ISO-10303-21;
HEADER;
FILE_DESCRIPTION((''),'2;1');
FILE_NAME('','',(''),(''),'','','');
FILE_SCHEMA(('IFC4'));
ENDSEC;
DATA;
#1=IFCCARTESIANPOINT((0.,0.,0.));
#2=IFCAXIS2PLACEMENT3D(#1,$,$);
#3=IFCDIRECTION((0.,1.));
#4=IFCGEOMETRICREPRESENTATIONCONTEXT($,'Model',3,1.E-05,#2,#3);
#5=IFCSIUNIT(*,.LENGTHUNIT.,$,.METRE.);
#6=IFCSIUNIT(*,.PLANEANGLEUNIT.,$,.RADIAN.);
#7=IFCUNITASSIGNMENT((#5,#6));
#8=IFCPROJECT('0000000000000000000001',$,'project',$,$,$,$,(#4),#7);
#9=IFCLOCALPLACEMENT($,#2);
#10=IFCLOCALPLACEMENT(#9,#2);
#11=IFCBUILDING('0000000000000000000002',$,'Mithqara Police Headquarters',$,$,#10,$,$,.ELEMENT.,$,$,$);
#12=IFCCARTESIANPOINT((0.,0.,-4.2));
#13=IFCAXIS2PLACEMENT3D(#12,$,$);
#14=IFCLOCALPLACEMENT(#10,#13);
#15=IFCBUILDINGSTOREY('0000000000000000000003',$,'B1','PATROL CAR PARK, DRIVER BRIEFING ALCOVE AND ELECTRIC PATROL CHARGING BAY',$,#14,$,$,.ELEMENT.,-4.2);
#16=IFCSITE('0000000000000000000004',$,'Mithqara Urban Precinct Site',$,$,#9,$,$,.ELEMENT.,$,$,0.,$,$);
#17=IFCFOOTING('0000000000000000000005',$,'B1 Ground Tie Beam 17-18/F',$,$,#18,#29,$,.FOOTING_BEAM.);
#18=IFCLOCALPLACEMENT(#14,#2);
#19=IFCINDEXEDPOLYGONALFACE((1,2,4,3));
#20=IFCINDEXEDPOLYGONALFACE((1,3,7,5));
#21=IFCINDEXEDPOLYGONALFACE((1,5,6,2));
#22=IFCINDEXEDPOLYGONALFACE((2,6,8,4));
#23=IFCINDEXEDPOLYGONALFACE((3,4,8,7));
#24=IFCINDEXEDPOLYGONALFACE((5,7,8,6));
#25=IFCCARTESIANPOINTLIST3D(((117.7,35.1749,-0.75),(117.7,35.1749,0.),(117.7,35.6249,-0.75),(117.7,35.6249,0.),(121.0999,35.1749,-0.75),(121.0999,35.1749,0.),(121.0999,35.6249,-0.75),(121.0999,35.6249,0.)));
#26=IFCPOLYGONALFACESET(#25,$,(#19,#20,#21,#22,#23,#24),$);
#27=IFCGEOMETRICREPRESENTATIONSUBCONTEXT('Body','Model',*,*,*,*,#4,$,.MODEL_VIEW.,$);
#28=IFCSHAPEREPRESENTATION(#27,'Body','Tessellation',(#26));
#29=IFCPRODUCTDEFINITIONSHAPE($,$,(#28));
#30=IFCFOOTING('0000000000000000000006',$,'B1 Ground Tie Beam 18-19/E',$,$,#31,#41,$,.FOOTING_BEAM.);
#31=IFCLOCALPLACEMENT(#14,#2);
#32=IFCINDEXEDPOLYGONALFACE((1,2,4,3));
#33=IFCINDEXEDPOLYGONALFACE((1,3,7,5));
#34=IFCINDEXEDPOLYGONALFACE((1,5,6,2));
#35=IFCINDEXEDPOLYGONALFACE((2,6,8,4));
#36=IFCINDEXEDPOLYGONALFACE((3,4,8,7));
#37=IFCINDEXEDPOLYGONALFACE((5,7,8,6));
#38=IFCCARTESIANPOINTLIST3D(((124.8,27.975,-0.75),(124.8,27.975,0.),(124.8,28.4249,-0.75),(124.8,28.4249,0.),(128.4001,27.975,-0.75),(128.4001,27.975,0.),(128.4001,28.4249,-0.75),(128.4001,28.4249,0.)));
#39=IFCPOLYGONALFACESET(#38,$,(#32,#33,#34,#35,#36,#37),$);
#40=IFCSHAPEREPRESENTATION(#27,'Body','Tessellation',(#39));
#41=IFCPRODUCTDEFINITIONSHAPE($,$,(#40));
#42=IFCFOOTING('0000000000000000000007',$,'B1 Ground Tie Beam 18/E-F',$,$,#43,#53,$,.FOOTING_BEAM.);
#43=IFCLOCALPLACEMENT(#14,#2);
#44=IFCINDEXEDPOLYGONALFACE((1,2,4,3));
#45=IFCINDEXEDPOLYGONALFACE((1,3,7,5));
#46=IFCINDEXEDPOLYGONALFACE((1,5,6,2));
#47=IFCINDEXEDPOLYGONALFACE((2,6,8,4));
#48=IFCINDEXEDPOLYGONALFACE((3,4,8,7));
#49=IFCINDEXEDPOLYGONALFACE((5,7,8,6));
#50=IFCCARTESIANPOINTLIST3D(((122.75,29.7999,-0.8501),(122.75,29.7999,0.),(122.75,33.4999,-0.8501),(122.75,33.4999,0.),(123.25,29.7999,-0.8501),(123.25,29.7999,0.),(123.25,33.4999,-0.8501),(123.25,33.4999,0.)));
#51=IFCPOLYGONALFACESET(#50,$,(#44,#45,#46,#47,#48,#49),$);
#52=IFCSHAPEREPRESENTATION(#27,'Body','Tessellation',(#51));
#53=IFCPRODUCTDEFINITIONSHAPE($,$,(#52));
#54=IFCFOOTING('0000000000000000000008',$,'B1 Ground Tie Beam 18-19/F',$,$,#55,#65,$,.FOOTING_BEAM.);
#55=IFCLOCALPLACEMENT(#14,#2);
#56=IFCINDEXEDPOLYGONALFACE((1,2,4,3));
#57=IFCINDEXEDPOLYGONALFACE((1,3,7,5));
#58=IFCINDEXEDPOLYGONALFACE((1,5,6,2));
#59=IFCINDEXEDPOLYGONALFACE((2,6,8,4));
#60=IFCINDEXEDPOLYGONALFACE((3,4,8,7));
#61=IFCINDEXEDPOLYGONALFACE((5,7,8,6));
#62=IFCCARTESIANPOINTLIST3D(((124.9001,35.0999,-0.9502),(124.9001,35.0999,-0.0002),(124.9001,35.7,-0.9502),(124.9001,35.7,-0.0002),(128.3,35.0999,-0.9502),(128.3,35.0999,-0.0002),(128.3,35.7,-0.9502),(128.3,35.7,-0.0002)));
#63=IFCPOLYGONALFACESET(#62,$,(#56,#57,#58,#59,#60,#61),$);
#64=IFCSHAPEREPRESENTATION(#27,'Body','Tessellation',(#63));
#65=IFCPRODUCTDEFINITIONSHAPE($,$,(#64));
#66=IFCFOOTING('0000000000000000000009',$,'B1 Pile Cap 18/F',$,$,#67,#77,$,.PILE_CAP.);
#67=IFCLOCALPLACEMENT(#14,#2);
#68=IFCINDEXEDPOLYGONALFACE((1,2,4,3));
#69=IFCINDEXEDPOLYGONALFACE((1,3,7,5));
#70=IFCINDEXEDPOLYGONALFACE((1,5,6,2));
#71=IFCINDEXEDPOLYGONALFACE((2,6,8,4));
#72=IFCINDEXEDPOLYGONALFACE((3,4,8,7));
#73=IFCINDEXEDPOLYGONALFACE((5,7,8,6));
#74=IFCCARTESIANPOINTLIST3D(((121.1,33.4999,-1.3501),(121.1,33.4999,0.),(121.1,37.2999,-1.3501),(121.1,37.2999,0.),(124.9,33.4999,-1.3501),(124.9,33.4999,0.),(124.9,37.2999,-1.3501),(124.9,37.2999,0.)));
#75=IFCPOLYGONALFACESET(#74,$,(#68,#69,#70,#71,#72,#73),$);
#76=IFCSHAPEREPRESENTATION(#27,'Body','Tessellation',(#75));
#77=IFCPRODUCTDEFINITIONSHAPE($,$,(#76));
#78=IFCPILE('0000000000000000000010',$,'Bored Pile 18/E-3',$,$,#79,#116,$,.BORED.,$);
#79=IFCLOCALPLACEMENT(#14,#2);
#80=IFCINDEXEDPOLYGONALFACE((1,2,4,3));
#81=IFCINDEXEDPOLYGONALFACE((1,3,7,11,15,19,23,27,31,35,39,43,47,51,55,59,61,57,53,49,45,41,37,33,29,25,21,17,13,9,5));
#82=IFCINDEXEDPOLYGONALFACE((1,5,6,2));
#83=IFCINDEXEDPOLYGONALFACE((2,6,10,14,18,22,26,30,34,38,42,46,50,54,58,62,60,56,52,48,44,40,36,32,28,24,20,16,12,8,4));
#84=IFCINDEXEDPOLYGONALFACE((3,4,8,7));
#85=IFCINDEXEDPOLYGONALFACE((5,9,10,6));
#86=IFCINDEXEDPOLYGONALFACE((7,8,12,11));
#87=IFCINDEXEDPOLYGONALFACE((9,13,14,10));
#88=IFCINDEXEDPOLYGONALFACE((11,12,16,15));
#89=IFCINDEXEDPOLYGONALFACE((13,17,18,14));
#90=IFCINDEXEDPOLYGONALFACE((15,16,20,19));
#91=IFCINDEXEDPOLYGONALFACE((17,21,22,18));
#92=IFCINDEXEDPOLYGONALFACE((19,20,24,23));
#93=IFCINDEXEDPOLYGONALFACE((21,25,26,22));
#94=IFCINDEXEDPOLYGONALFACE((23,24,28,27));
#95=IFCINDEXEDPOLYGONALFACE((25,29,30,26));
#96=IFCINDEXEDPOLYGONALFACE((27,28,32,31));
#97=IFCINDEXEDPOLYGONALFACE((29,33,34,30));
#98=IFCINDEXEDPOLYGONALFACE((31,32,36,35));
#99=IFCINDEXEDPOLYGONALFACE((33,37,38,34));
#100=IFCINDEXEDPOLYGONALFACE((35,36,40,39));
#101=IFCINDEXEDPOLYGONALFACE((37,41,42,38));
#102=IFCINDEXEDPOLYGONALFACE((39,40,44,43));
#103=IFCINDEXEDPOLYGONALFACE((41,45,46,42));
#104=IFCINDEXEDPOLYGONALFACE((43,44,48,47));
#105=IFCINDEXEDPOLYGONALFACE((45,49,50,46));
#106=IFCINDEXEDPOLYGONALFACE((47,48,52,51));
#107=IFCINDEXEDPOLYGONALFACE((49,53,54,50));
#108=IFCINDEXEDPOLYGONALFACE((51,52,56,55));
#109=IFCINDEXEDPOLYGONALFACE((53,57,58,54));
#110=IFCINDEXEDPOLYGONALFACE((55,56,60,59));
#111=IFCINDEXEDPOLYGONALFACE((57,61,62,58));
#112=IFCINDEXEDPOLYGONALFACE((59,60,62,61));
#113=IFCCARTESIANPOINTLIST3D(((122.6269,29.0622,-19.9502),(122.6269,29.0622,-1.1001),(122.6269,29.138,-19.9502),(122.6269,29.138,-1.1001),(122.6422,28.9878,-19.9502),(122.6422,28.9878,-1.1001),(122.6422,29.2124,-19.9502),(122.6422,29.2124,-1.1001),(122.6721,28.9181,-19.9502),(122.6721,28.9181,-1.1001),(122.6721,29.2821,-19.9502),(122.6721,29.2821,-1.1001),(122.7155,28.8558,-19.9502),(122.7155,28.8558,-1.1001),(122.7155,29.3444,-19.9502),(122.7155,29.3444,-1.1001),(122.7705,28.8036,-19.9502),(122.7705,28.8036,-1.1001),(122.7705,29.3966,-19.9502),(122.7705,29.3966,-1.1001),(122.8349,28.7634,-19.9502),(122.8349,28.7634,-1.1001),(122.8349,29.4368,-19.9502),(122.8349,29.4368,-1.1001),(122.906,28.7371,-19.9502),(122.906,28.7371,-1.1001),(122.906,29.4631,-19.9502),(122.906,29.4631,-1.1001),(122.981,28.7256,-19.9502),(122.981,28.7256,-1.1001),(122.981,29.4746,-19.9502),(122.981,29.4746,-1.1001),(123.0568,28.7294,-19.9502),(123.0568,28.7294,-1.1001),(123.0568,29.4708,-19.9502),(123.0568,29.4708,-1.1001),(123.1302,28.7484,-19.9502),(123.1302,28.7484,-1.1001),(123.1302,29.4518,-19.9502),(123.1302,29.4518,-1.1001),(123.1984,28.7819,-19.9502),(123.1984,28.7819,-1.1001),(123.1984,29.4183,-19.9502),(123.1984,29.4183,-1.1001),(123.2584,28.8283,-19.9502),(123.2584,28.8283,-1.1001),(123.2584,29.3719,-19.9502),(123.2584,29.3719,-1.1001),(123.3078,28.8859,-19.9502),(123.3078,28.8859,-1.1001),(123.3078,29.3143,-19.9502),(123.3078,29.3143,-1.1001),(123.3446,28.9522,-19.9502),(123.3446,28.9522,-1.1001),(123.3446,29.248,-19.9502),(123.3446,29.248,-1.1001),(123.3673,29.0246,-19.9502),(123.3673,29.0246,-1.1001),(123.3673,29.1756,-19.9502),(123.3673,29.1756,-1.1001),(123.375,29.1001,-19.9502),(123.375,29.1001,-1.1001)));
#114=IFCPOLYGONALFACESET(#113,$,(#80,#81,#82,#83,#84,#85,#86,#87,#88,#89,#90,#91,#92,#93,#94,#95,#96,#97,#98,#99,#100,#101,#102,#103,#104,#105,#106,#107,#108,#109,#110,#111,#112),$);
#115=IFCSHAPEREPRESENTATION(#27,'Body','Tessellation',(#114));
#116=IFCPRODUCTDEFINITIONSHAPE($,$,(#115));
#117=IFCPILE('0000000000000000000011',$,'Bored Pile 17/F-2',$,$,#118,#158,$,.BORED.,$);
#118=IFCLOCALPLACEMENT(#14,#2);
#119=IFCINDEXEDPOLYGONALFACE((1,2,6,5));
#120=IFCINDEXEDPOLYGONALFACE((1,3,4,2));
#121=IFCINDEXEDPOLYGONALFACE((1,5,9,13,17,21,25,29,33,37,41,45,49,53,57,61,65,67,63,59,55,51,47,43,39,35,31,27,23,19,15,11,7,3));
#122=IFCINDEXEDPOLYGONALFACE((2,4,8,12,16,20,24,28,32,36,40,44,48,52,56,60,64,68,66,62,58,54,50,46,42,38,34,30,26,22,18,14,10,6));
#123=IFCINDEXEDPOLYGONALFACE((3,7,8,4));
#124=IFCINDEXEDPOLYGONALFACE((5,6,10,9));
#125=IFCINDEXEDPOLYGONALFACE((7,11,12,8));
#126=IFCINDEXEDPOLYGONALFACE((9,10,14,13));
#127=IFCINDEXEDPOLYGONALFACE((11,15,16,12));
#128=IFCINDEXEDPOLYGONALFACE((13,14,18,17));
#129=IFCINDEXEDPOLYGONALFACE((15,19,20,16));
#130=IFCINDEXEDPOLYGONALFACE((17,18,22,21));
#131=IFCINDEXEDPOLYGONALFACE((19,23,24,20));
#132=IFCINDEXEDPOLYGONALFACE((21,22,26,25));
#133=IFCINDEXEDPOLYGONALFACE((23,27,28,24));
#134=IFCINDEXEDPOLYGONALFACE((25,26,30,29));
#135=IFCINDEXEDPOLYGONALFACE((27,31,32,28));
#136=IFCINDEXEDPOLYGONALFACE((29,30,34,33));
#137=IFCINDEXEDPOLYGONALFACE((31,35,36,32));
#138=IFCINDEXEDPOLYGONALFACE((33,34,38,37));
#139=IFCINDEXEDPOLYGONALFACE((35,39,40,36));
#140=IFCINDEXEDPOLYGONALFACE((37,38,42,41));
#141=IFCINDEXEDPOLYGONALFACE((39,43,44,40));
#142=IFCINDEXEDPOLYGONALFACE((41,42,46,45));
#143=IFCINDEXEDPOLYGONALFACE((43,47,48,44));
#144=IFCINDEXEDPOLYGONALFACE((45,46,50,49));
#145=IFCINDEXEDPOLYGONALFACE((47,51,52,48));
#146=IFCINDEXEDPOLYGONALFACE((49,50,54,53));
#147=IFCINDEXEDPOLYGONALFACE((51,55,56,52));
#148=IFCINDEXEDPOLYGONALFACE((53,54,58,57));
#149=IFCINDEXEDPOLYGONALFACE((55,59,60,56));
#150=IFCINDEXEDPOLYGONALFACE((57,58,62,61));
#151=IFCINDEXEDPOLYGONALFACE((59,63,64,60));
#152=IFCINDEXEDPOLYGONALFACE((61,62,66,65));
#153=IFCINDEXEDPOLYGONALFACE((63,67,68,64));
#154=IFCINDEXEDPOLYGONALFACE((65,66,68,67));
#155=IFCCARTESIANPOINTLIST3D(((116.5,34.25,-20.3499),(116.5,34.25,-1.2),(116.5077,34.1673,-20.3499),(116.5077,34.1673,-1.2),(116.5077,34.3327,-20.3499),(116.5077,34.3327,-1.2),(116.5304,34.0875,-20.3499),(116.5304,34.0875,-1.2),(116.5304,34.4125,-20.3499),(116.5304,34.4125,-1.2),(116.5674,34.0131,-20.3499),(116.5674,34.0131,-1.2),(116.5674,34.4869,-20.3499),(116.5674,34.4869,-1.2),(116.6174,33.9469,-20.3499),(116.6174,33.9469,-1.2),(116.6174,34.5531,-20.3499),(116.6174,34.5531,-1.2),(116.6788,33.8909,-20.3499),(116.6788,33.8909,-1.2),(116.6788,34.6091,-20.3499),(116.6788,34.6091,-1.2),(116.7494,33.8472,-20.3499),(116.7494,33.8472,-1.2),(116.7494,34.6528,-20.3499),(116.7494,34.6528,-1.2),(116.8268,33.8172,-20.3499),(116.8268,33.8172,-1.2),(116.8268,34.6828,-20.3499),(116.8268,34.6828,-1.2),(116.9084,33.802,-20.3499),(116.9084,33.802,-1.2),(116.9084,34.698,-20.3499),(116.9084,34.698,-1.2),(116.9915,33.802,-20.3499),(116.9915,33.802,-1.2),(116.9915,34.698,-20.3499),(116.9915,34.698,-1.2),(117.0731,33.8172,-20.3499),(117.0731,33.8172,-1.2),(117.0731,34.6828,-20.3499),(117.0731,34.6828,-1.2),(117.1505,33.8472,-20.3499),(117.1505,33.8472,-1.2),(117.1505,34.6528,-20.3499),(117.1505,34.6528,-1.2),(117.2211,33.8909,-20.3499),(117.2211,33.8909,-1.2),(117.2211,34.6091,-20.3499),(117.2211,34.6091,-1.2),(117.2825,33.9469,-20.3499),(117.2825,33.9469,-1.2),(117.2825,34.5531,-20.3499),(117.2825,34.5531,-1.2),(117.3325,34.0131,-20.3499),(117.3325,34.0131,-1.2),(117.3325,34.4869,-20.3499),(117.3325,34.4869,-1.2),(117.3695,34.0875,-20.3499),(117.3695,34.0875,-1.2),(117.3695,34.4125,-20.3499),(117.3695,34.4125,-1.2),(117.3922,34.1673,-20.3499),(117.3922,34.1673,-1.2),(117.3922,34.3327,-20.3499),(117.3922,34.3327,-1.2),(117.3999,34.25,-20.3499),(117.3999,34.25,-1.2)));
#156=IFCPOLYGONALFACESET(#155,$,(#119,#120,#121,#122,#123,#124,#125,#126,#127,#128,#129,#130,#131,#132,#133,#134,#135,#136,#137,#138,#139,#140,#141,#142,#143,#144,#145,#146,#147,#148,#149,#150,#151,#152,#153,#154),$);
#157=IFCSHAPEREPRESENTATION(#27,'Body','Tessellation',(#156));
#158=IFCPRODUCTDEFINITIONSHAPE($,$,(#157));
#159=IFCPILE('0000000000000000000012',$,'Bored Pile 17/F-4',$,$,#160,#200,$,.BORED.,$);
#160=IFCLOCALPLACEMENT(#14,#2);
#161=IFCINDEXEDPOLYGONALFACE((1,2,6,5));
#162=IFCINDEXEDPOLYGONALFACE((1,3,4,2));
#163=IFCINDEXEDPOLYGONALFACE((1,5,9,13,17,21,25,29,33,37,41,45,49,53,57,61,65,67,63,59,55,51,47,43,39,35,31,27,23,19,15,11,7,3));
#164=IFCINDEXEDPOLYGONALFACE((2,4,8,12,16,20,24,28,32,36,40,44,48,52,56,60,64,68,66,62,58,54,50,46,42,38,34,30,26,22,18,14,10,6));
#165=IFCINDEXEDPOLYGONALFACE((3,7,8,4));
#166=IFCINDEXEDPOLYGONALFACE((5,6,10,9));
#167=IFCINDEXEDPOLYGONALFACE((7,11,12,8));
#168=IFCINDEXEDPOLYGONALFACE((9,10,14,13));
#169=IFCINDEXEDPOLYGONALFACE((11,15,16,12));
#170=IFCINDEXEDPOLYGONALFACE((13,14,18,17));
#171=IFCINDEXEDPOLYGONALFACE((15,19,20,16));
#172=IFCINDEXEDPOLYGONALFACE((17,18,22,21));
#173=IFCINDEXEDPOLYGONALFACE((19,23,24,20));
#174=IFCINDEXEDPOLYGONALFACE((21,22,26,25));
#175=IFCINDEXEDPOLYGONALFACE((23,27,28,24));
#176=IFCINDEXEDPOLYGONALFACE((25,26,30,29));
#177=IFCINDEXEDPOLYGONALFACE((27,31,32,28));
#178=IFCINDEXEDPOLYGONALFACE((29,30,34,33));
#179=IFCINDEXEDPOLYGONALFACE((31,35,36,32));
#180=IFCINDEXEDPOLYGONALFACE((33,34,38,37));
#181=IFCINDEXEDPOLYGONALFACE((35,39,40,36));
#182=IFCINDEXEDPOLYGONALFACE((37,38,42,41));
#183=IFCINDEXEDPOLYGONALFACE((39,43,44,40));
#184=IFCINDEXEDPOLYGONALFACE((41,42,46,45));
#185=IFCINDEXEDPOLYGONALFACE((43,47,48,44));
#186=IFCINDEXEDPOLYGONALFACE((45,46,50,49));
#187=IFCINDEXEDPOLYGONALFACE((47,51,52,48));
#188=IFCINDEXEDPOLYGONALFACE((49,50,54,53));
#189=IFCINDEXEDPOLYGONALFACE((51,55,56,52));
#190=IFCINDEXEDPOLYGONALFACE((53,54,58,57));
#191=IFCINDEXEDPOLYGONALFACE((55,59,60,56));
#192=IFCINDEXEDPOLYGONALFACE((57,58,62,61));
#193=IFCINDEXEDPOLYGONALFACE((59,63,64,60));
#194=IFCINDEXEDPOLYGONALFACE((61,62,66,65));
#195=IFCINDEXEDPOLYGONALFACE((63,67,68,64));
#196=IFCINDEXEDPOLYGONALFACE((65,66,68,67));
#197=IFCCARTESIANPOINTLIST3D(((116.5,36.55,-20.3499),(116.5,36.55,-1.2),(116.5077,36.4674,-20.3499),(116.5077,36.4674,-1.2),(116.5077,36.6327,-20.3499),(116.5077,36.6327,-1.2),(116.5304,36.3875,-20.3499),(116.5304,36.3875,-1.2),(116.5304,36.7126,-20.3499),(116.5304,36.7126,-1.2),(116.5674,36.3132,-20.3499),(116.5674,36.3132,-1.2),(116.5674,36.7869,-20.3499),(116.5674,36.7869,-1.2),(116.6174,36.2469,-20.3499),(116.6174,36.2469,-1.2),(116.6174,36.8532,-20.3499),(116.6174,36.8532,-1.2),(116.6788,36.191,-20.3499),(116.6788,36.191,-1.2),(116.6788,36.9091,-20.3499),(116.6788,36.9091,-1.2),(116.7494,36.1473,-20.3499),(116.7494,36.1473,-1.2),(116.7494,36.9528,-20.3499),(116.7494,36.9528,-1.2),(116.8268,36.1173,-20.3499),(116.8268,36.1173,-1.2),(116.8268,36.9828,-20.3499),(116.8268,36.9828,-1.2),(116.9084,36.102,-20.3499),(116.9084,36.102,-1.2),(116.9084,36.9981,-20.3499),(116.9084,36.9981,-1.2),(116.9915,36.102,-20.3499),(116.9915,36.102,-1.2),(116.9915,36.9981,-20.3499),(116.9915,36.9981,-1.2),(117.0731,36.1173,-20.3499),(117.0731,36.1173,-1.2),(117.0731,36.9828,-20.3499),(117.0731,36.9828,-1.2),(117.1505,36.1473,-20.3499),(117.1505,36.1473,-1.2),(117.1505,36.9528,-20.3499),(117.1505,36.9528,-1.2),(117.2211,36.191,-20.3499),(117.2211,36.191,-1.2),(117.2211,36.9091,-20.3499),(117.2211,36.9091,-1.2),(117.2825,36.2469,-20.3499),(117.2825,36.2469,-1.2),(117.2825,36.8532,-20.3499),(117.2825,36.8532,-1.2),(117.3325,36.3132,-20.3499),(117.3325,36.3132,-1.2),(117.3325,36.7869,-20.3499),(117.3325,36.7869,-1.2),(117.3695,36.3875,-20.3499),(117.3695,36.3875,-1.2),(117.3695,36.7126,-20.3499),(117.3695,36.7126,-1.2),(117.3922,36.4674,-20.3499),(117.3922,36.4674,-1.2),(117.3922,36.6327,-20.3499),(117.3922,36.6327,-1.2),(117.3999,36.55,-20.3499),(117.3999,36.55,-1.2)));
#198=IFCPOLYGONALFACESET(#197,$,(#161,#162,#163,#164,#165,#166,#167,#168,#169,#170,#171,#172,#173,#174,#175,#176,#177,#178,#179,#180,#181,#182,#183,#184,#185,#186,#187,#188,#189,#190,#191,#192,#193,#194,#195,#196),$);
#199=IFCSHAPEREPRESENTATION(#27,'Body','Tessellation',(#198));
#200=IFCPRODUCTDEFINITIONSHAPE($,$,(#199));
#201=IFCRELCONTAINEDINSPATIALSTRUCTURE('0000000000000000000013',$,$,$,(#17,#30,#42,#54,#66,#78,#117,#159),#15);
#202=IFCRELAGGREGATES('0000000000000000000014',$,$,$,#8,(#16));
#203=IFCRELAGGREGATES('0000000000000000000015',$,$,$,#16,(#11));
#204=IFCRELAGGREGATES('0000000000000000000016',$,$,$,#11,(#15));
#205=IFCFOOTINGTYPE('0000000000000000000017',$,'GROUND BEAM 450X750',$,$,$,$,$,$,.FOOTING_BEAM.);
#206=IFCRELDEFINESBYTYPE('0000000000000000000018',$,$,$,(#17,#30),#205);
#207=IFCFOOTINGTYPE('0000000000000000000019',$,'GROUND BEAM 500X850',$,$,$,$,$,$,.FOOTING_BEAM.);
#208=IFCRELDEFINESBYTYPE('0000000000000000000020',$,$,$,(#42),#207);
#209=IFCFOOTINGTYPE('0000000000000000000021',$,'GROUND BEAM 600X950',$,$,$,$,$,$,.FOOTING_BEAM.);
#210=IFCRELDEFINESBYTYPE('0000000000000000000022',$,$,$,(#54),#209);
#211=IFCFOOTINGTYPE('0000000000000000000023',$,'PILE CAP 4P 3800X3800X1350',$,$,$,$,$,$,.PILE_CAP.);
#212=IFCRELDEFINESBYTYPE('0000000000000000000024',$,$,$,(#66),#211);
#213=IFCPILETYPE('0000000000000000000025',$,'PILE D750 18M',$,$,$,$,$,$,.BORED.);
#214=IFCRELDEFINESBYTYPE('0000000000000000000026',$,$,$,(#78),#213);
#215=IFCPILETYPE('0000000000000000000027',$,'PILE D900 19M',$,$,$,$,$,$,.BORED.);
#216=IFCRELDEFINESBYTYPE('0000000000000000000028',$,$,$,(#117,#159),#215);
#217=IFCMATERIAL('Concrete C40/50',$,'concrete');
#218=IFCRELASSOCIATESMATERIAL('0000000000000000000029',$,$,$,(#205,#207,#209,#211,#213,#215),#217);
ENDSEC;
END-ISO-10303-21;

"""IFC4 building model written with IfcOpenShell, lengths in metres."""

from ifc_helpers import new_model, si_unit, direction, frame, origin, origin_2d, place, context, subcontext, project, spatial, rectangle, circle, extrude, material, material_profile, profile_set, type_object, element, save


model = new_model("IFC4")

# Units and contexts
model_context = context("Model", 3, precision=1e-05, world=origin(), true_north=direction((0.0, 1.0)))
body_context = subcontext(model_context, "Body", "Model", "MODEL_VIEW")
ifc_project = project(units=[si_unit("LENGTHUNIT", "METRE"), si_unit("PLANEANGLEUNIT", "RADIAN")], contexts=[model_context])

# Site, building, storey
site_placement = place(None, origin())
site = spatial("IfcSite", under=ifc_project, at=site_placement, Name="Mithqara Urban Precinct Site", CompositionType="ELEMENT", RefElevation=0.0)
building_placement = place(site_placement, origin())
building = spatial("IfcBuilding", under=site, at=building_placement, Name="Mithqara Police Headquarters", CompositionType="ELEMENT")
storey_placement = place(building_placement, frame((0.0, 0.0, -4.2)))
storey = spatial("IfcBuildingStorey", under=building, at=storey_placement, Name="B1", Description="PATROL CAR PARK, DRIVER BRIEFING ALCOVE AND ELECTRIC PATROL CHARGING BAY", CompositionType="ELEMENT", Elevation=-4.2)

# Footings
ifc_material_1 = material(Name="Concrete C40/50", Category="concrete")
footing_type_1 = type_object("IfcFootingType", Name="GROUND BEAM 450X750", PredefinedType="FOOTING_BEAM", material=ifc_material_1)
footing_1_placement = place(storey_placement, frame((119.3999, 35.3999, -0.75), z_axis=(0.0, 0.0, 1.0), x_axis=(1.0, 0.0, 0.0)))
element("IfcFooting", 1, at=footing_1_placement, inside=storey, type_object=footing_type_1, Name="B1 Ground Tie Beam 17-18/F", PredefinedType="FOOTING_BEAM", context=body_context, shape_type="SweptSolid", body=[
    extrude(rectangle(XDim=3.3999, YDim=0.45, at=origin_2d()), origin(), (0.0, 0.0, 1.0), 0.75),
])
footing_2_placement = place(storey_placement, frame((126.6001, 28.2, -0.75), z_axis=(0.0, 0.0, 1.0), x_axis=(1.0, 0.0, 0.0)))
element("IfcFooting", 2, at=footing_2_placement, inside=storey, type_object=footing_type_1, Name="B1 Ground Tie Beam 18-19/E", PredefinedType="FOOTING_BEAM", context=body_context, shape_type="SweptSolid", body=[
    extrude(rectangle(XDim=3.6001, YDim=0.45, at=origin_2d()), origin(), (0.0, 0.0, 1.0), 0.75),
])
footing_type_2 = type_object("IfcFootingType", Name="GROUND BEAM 500X850", PredefinedType="FOOTING_BEAM", material=ifc_material_1)
footing_3_placement = place(storey_placement, frame((123.0, 31.6499, -0.8501), z_axis=(0.0, 0.0, 1.0), x_axis=(1.0, 0.0, 0.0)))
element("IfcFooting", 3, at=footing_3_placement, inside=storey, type_object=footing_type_2, Name="B1 Ground Tie Beam 18/E-F", PredefinedType="FOOTING_BEAM", context=body_context, shape_type="SweptSolid", body=[
    extrude(rectangle(XDim=0.5, YDim=3.7, at=origin_2d()), origin(), (0.0, 0.0, 1.0), 0.8501),
])
footing_type_3 = type_object("IfcFootingType", Name="GROUND BEAM 600X950", PredefinedType="FOOTING_BEAM", material=ifc_material_1)
footing_4_placement = place(storey_placement, frame((126.6001, 35.3999, -0.9502), z_axis=(0.0, 0.0, 1.0), x_axis=(1.0, 0.0, 0.0)))
element("IfcFooting", 4, at=footing_4_placement, inside=storey, type_object=footing_type_3, Name="B1 Ground Tie Beam 18-19/F", PredefinedType="FOOTING_BEAM", context=body_context, shape_type="SweptSolid", body=[
    extrude(rectangle(XDim=3.3999, YDim=0.6001, at=origin_2d()), origin(), (0.0, 0.0, 1.0), 0.95),
])
footing_type_4 = type_object("IfcFootingType", Name="PILE CAP 4P 3800X3800X1350", PredefinedType="PILE_CAP", material=ifc_material_1)
footing_5_placement = place(storey_placement, frame((123.0, 35.3999, -1.3501), z_axis=(0.0, 0.0, 1.0), x_axis=(1.0, 0.0, 0.0)))
element("IfcFooting", 5, at=footing_5_placement, inside=storey, type_object=footing_type_4, Name="B1 Pile Cap 18/F", PredefinedType="PILE_CAP", context=body_context, shape_type="SweptSolid", body=[
    extrude(rectangle(XDim=3.8, YDim=3.8, at=origin_2d()), origin(), (0.0, 0.0, 1.0), 1.3501),
])

# Piles
ifc_material_profile_1 = material_profile(ifc_material_1, circle(Radius=0.375, at=origin_2d()), Name="PILE D750")
ifc_profile_set_1 = profile_set([ifc_material_profile_1], Name="Concrete C40/50")
pile_type_1 = type_object("IfcPileType", Name="PILE D750 18M", PredefinedType="BORED", material=ifc_profile_set_1)
pile_placement = place(storey_placement, frame((123.0, 29.1001, -1.1001), z_axis=(0.0, 0.0, -1.0), x_axis=(1.0, 0.0, 0.0)))
element("IfcPile", 6, at=pile_placement, inside=storey, type_object=pile_type_1, Name="Bored Pile 18/E-3", PredefinedType="BORED", context=body_context, shape_type="SweptSolid", body=[
    extrude(circle(Radius=0.375, at=origin_2d()), origin(), (0.0, 0.0, 1.0), 18.8501),
])
ifc_material_profile_2 = material_profile(ifc_material_1, circle(Radius=0.45, at=origin_2d()), Name="PILE D900")
ifc_profile_set_2 = profile_set([ifc_material_profile_2], Name="Concrete C40/50")
pile_type_2 = type_object("IfcPileType", Name="PILE D900 19M", PredefinedType="BORED", material=ifc_profile_set_2)
for number, where, z_axis, x_axis, name in (
    (7, (116.95, 34.25, -1.2), (0.0, 0.0, -1.0), (1.0, 0.0, 0.0), "Bored Pile 17/F-2"),
    (8, (116.95, 36.55, -1.2), (0.0, 0.0, -1.0), (1.0, 0.0, 0.0), "Bored Pile 17/F-4"),
):
    element("IfcPile", number, at=place(storey_placement, frame(where, z_axis=z_axis, x_axis=x_axis)), inside=storey, type_object=pile_type_2, Name=name, PredefinedType="BORED", context=body_context, shape_type="SweptSolid", body=[
        extrude(circle(Radius=0.45, at=origin_2d()), origin(), (0.0, 0.0, 1.0), 19.1499),
    ])

save(model, "model.ifc")
